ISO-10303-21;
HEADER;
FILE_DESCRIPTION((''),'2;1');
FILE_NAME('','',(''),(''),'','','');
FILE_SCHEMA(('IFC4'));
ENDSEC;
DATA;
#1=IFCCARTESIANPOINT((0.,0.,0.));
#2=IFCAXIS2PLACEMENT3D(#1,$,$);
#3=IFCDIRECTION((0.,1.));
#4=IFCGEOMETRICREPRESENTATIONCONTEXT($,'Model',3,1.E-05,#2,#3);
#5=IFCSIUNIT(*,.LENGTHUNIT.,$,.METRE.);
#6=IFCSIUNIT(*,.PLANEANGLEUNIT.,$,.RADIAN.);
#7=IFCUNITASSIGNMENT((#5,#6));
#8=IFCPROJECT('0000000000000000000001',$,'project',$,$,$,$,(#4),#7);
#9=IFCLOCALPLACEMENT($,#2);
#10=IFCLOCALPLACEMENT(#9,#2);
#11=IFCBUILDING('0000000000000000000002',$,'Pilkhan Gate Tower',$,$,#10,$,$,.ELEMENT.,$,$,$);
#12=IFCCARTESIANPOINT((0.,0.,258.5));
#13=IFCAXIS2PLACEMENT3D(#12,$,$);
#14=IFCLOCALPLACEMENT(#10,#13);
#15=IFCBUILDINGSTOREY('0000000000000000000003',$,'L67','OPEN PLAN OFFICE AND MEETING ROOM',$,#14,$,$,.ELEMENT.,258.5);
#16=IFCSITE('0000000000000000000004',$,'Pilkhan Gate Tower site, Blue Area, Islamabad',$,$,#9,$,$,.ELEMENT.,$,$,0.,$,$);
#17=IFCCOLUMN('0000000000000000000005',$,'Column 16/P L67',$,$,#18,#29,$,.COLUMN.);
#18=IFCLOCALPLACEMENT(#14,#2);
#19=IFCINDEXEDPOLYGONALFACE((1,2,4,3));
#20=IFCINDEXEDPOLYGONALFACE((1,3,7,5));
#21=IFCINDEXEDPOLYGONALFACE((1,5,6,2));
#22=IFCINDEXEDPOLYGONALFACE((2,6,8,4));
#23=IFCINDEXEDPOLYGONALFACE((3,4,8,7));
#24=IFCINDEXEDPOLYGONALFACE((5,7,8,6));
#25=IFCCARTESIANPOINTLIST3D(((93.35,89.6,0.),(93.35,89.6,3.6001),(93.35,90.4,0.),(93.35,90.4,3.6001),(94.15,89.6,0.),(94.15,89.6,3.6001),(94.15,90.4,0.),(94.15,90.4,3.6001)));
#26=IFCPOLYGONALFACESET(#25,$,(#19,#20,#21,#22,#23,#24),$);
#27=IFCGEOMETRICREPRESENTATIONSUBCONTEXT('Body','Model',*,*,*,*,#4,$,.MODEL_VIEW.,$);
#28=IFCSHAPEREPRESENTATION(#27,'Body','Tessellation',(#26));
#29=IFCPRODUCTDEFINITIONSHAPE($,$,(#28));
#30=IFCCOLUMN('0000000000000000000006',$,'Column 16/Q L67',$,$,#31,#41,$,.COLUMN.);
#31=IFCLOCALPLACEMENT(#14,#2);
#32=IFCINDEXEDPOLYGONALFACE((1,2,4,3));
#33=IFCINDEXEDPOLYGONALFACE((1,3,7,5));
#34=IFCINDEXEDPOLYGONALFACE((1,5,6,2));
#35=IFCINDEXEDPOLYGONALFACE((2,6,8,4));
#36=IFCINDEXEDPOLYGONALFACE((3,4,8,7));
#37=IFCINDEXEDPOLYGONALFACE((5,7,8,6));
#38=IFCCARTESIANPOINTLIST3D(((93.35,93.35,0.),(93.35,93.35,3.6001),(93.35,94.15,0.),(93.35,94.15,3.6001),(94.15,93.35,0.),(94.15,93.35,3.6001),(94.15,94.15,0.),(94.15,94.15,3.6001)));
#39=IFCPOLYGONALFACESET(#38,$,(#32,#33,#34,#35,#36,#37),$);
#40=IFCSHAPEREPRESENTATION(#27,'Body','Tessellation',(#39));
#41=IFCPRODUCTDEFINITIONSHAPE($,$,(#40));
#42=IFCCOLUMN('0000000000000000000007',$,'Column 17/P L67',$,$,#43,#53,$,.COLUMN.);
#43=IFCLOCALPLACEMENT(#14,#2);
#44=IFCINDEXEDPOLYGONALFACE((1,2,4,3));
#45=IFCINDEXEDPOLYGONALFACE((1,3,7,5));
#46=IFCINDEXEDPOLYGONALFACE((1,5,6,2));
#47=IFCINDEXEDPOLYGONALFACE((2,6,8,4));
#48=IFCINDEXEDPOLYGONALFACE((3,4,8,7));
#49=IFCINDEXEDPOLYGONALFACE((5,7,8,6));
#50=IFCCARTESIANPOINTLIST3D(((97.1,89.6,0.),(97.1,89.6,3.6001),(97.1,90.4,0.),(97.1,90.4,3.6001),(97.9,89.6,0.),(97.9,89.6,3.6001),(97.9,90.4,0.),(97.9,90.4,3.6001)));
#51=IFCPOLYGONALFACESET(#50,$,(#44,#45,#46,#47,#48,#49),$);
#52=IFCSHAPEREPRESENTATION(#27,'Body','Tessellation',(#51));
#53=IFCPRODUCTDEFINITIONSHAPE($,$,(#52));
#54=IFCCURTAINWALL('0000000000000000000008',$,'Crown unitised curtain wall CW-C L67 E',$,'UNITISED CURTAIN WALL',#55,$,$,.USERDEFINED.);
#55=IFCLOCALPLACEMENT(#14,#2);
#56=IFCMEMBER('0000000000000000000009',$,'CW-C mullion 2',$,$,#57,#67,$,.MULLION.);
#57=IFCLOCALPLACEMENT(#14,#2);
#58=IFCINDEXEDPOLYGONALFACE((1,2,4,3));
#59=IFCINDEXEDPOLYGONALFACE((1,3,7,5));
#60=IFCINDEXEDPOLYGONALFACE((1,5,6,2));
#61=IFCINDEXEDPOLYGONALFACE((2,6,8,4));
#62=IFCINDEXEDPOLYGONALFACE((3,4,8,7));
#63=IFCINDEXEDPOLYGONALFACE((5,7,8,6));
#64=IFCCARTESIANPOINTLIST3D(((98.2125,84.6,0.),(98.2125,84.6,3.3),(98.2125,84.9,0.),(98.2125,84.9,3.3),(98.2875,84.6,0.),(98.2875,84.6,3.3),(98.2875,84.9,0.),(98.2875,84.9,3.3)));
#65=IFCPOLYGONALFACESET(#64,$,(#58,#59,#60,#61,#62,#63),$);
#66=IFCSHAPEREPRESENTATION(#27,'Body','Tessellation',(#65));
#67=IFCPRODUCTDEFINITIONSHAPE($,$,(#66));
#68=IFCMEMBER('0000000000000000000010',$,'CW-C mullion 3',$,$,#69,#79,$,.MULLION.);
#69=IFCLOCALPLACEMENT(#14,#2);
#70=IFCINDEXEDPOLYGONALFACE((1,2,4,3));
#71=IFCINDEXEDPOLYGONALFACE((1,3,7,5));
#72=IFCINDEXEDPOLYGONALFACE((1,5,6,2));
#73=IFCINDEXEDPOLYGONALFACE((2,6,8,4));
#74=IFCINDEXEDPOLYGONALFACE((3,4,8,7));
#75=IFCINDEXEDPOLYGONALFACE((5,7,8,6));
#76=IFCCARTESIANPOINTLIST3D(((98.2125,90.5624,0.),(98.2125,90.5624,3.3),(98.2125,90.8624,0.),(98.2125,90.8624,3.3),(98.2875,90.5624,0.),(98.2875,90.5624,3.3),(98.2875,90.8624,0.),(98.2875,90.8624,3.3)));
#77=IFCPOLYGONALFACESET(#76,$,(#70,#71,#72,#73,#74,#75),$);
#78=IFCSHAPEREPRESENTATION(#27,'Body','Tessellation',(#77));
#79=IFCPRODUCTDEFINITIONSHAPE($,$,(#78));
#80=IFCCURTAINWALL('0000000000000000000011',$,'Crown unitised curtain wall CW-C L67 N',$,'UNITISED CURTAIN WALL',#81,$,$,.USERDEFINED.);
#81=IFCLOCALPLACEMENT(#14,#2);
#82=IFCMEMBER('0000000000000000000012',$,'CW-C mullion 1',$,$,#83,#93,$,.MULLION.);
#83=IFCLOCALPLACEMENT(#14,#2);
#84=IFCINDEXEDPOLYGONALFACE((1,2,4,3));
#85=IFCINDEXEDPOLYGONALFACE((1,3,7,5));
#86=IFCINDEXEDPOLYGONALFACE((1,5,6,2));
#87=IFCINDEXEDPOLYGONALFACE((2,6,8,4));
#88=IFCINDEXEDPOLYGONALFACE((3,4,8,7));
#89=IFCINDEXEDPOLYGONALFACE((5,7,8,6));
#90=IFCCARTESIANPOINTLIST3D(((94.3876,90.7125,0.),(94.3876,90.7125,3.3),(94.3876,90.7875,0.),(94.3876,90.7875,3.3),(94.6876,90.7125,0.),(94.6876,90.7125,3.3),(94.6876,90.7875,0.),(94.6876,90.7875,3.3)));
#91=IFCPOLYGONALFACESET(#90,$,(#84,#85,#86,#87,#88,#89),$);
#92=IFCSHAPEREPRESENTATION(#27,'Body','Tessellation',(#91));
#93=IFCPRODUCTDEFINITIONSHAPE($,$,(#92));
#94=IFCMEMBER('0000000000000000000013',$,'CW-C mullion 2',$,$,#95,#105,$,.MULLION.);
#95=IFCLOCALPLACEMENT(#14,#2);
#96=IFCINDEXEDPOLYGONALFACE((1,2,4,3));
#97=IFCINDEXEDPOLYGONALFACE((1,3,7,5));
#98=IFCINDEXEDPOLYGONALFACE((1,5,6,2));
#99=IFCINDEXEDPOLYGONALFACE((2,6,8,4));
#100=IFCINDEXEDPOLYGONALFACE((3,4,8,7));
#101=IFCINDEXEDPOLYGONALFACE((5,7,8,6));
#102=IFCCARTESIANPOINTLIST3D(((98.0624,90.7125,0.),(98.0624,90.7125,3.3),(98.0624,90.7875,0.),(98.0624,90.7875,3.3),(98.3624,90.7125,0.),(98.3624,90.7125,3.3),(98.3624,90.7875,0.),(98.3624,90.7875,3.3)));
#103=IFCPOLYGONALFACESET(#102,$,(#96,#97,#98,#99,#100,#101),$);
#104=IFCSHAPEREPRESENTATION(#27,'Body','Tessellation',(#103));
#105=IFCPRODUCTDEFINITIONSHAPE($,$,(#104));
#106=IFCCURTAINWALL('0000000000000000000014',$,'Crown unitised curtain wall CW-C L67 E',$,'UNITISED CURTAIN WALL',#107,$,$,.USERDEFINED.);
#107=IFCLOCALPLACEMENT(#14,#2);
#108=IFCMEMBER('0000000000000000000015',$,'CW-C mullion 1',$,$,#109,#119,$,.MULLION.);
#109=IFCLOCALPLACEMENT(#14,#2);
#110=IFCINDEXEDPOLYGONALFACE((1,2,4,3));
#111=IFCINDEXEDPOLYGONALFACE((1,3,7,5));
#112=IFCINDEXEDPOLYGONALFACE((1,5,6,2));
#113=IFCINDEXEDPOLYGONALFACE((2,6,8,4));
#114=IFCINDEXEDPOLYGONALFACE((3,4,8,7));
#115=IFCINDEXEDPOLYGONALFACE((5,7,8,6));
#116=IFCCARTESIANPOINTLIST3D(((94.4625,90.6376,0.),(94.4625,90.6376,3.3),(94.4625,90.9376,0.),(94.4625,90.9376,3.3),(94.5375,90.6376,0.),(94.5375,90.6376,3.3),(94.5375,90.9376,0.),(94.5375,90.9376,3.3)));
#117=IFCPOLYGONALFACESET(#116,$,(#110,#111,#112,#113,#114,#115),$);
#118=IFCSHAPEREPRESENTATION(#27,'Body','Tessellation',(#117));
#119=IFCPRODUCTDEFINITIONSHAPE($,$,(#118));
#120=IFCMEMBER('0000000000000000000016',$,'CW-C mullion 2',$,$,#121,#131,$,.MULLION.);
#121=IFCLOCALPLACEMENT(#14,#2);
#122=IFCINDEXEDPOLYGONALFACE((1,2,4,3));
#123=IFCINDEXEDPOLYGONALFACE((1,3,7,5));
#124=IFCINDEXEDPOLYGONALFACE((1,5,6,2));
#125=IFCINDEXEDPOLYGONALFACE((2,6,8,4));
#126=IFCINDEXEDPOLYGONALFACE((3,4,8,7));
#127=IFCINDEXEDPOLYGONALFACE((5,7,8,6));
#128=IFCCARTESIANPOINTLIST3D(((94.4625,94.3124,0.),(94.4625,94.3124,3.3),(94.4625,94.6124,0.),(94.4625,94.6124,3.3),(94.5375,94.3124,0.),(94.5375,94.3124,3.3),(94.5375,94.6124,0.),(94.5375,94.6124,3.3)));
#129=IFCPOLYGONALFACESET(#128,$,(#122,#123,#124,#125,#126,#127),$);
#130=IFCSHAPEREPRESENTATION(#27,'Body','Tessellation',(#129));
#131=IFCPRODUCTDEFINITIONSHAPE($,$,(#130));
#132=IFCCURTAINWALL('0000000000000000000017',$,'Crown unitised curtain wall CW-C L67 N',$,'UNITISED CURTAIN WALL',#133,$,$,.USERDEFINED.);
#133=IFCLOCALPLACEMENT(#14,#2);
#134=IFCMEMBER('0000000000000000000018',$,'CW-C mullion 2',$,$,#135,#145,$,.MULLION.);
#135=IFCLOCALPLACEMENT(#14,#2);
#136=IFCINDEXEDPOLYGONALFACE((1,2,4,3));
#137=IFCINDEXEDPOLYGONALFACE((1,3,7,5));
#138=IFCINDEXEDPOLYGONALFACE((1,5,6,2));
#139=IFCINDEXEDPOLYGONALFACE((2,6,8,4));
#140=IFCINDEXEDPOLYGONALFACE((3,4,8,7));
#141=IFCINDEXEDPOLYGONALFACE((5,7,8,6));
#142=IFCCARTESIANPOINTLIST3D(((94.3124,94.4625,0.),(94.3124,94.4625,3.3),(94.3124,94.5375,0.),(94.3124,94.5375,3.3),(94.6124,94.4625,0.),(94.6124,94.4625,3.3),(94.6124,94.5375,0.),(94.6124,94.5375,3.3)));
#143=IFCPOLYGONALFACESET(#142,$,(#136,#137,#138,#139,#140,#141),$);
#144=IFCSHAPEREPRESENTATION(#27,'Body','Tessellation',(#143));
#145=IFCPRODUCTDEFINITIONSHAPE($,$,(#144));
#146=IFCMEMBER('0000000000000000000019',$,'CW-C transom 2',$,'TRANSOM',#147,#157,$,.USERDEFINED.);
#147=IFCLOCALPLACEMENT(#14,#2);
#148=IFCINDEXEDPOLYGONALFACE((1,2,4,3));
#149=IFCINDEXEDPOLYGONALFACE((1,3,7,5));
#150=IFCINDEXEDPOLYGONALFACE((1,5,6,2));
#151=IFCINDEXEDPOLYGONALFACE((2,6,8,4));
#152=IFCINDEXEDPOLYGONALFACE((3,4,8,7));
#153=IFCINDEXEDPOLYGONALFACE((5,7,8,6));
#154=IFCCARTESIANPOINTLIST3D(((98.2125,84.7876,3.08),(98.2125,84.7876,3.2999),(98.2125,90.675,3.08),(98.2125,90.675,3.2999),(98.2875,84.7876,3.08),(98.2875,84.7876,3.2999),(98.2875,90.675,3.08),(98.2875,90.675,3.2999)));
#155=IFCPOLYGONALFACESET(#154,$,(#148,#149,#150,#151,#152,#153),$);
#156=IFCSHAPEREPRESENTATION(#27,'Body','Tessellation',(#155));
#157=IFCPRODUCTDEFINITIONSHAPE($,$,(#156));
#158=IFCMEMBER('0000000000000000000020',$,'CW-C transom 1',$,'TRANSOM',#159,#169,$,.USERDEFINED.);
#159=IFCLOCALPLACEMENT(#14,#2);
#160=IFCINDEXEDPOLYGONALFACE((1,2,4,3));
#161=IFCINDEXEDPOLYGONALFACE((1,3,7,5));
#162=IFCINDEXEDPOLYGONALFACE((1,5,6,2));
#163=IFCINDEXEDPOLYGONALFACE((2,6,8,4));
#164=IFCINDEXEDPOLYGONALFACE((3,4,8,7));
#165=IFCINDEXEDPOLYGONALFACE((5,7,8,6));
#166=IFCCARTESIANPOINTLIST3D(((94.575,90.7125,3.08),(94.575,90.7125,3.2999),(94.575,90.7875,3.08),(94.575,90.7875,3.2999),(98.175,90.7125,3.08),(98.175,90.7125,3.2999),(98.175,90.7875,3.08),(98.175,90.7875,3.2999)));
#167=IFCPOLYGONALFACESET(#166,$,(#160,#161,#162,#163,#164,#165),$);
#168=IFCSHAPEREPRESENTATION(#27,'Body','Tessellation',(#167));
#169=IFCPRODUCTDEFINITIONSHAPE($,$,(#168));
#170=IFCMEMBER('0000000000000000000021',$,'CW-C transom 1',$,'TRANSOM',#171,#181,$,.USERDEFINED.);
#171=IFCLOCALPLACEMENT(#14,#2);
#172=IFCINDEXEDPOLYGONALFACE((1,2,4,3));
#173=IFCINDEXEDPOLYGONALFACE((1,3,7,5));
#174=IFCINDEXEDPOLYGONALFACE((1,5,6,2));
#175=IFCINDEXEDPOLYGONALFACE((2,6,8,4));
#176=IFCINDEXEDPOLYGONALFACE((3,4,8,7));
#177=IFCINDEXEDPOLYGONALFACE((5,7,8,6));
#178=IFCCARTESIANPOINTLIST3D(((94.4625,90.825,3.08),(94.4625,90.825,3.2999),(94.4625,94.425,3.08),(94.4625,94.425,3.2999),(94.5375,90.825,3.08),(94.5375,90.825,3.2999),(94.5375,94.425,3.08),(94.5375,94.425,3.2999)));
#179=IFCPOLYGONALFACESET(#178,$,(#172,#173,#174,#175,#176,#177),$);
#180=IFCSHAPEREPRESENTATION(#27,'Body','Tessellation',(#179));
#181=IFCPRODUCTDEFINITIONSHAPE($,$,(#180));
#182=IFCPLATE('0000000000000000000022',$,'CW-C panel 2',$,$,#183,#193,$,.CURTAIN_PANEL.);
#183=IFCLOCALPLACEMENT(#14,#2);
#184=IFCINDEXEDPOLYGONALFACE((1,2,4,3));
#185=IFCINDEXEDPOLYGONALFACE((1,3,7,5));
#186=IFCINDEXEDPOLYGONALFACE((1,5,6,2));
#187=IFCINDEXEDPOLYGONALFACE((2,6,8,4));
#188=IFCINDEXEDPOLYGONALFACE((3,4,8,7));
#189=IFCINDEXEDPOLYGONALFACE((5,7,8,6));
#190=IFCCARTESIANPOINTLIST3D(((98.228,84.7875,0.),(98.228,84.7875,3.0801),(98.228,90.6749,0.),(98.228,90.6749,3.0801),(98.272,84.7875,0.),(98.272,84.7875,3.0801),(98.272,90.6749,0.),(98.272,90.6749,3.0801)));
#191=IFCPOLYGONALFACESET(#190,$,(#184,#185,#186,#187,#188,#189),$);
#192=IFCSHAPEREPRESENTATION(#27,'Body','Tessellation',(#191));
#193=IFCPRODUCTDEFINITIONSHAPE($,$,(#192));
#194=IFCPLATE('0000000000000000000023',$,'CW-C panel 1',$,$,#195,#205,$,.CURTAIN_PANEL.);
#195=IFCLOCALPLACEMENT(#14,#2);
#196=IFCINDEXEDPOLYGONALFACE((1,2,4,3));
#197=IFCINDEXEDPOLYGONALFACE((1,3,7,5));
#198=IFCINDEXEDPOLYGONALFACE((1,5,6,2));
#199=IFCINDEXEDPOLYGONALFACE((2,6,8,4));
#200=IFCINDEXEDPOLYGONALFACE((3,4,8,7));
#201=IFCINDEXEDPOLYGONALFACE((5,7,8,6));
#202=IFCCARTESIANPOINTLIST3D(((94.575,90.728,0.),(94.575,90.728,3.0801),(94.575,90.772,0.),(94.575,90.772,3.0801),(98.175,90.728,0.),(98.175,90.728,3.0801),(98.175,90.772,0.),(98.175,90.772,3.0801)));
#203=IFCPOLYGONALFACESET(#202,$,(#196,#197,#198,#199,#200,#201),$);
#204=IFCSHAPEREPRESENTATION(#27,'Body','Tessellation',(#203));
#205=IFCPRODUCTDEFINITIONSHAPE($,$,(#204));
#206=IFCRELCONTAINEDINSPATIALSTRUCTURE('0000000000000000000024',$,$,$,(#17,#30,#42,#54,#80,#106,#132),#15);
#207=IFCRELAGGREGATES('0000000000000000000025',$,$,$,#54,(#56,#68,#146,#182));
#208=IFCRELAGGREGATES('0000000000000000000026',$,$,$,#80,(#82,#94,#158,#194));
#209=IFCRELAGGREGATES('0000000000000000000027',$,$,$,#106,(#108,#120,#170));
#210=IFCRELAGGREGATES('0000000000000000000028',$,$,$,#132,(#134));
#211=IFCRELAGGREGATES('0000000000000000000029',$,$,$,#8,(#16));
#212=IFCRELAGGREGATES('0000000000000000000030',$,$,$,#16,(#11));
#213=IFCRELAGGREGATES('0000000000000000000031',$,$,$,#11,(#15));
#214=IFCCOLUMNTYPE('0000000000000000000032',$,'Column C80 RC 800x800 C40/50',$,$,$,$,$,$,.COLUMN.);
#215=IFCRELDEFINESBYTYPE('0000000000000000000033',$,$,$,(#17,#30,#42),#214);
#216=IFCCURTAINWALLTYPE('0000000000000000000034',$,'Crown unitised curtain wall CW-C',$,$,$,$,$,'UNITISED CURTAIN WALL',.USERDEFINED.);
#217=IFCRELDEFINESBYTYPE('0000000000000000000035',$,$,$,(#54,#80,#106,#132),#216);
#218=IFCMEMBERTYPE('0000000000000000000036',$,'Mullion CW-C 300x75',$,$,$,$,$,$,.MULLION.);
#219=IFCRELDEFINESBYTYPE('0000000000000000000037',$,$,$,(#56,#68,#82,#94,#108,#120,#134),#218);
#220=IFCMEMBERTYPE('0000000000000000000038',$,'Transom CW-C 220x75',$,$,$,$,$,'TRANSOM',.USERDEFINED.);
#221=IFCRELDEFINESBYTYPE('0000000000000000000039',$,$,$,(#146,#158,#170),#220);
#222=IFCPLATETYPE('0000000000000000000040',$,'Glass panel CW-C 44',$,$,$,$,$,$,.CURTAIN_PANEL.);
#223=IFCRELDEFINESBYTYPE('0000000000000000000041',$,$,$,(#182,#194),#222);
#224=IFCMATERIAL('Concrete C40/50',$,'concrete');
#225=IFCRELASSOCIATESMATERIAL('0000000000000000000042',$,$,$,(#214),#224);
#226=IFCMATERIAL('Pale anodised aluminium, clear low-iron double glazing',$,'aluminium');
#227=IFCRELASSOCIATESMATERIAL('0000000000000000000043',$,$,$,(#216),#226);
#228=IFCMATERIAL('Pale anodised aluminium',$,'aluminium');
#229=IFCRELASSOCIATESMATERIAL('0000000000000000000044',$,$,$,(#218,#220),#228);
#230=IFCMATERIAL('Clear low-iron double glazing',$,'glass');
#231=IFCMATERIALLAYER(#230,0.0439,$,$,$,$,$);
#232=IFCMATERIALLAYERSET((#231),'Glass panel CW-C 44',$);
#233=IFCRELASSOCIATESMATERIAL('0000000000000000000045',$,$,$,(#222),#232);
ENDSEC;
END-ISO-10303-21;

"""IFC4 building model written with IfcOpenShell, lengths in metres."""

from ifc_helpers import new_model, si_unit, direction, frame, origin, origin_2d, place, context, subcontext, project, spatial, rectangle, extrude, material, layer, layer_set, material_profile, profile_set, type_object, element, aggregate, save


model = new_model("IFC4")

# Units and contexts
model_context = context("Model", 3, precision=1e-05, world=origin(), true_north=direction((0.0, 1.0)))
body_context = subcontext(model_context, "Body", "Model", "MODEL_VIEW")
ifc_project = project(units=[si_unit("LENGTHUNIT", "METRE"), si_unit("PLANEANGLEUNIT", "RADIAN")], contexts=[model_context])

# Site, building, storey
site_placement = place(None, origin())
site = spatial("IfcSite", under=ifc_project, at=site_placement, Name="Pilkhan Gate Tower site, Blue Area, Islamabad", CompositionType="ELEMENT", RefElevation=0.0)
building_placement = place(site_placement, origin())
building = spatial("IfcBuilding", under=site, at=building_placement, Name="Pilkhan Gate Tower", CompositionType="ELEMENT")
storey_placement = place(building_placement, frame((0.0, 0.0, 258.5)))
storey = spatial("IfcBuildingStorey", under=building, at=storey_placement, Name="L67", Description="OPEN PLAN OFFICE AND MEETING ROOM", CompositionType="ELEMENT", Elevation=258.5)

# Columns
ifc_material_1 = material(Name="Concrete C40/50", Category="concrete")
ifc_material_profile_1 = material_profile(ifc_material_1, rectangle(XDim=0.8, YDim=0.8, at=origin_2d()), Name="RC 800x800")
ifc_profile_set_1 = profile_set([ifc_material_profile_1], Name="Concrete C40/50")
column_type = type_object("IfcColumnType", Name="Column C80 RC 800x800 C40/50", PredefinedType="COLUMN", material=ifc_profile_set_1)
for number, where, z_axis, x_axis, name in (
    (1, (93.75, 90.0, 0.0), (0.0, 0.0, 1.0), (1.0, 0.0, 0.0), "Column 16/P L67"),
    (2, (93.75, 93.75, 0.0), (0.0, 0.0, 1.0), (1.0, 0.0, 0.0), "Column 16/Q L67"),
    (3, (97.5, 90.0, 0.0), (0.0, 0.0, 1.0), (1.0, 0.0, 0.0), "Column 17/P L67"),
):
    element("IfcColumn", number, at=place(storey_placement, frame(where, z_axis=z_axis, x_axis=x_axis)), inside=storey, type_object=column_type, Name=name, PredefinedType="COLUMN", context=body_context, shape_type="SweptSolid", body=[
        extrude(rectangle(XDim=0.8, YDim=0.8, at=origin_2d()), origin(), (0.0, 0.0, 1.0), 3.6001),
    ])

# Curtain walls, members
ifc_material_2 = material(Name="Pale anodised aluminium, clear low-iron double glazing", Category="aluminium")
curtain_wall_type = type_object("IfcCurtainWallType", Name="Crown unitised curtain wall CW-C", ElementType="UNITISED CURTAIN WALL", PredefinedType="USERDEFINED", material=ifc_material_2)
curtain_wall_1_placement = place(storey_placement, origin())
curtain_wall_1 = element("IfcCurtainWall", 4, at=curtain_wall_1_placement, inside=storey, type_object=curtain_wall_type, Name="Crown unitised curtain wall CW-C L67 E", ObjectType="UNITISED CURTAIN WALL", PredefinedType="USERDEFINED")
ifc_material_3 = material(Name="Pale anodised aluminium", Category="aluminium")
ifc_material_profile_2 = material_profile(ifc_material_3, rectangle(XDim=0.075, YDim=0.3, at=origin_2d()), Name="Mullion 300x75")
ifc_profile_set_2 = profile_set([ifc_material_profile_2], Name="Pale anodised aluminium")
member_type_1 = type_object("IfcMemberType", Name="Mullion CW-C 300x75", PredefinedType="MULLION", material=ifc_profile_set_2)
member_1_placement = place(storey_placement, frame((98.25, 84.75, 0.0), z_axis=(0.0, 0.0, 1.0), x_axis=(-1.0, 0.0, 0.0)))
member_1 = element("IfcMember", 5, at=member_1_placement, type_object=member_type_1, Name="CW-C mullion 2", PredefinedType="MULLION", context=body_context, shape_type="SweptSolid", body=[
    extrude(rectangle(XDim=0.075, YDim=0.3, at=origin_2d()), origin(), (0.0, 0.0, 1.0), 3.3),
])
member_2_placement = place(storey_placement, frame((98.25, 90.7124, 0.0), z_axis=(0.0, 0.0, 1.0), x_axis=(-1.0, 0.0, 0.0)))
member_2 = element("IfcMember", 6, at=member_2_placement, type_object=member_type_1, Name="CW-C mullion 3", PredefinedType="MULLION", context=body_context, shape_type="SweptSolid", body=[
    extrude(rectangle(XDim=0.075, YDim=0.3, at=origin_2d()), origin(), (0.0, 0.0, 1.0), 3.3),
])
curtain_wall_2_placement = place(storey_placement, origin())
curtain_wall_2 = element("IfcCurtainWall", 7, at=curtain_wall_2_placement, inside=storey, type_object=curtain_wall_type, Name="Crown unitised curtain wall CW-C L67 N", ObjectType="UNITISED CURTAIN WALL", PredefinedType="USERDEFINED")
member_3_placement = place(storey_placement, frame((94.5376, 90.75, 0.0), z_axis=(0.0, 0.0, 1.0), x_axis=(0.0, 1.0, 0.0)))
member_3 = element("IfcMember", 8, at=member_3_placement, type_object=member_type_1, Name="CW-C mullion 1", PredefinedType="MULLION", context=body_context, shape_type="SweptSolid", body=[
    extrude(rectangle(XDim=0.075, YDim=0.3, at=origin_2d()), origin(), (0.0, 0.0, 1.0), 3.3),
])
member_4_placement = place(storey_placement, frame((98.2124, 90.75, 0.0), z_axis=(0.0, 0.0, 1.0), x_axis=(0.0, 1.0, 0.0)))
member_4 = element("IfcMember", 9, at=member_4_placement, type_object=member_type_1, Name="CW-C mullion 2", PredefinedType="MULLION", context=body_context, shape_type="SweptSolid", body=[
    extrude(rectangle(XDim=0.075, YDim=0.3, at=origin_2d()), origin(), (0.0, 0.0, 1.0), 3.3),
])
curtain_wall_3_placement = place(storey_placement, origin())
curtain_wall_3 = element("IfcCurtainWall", 10, at=curtain_wall_3_placement, inside=storey, type_object=curtain_wall_type, Name="Crown unitised curtain wall CW-C L67 E", ObjectType="UNITISED CURTAIN WALL", PredefinedType="USERDEFINED")
member_5_placement = place(storey_placement, frame((94.5, 90.7876, 0.0), z_axis=(0.0, 0.0, 1.0), x_axis=(-1.0, 0.0, 0.0)))
member_5 = element("IfcMember", 11, at=member_5_placement, type_object=member_type_1, Name="CW-C mullion 1", PredefinedType="MULLION", context=body_context, shape_type="SweptSolid", body=[
    extrude(rectangle(XDim=0.075, YDim=0.3, at=origin_2d()), origin(), (0.0, 0.0, 1.0), 3.3),
])
member_6_placement = place(storey_placement, frame((94.5, 94.4624, 0.0), z_axis=(0.0, 0.0, 1.0), x_axis=(-1.0, 0.0, 0.0)))
member_6 = element("IfcMember", 12, at=member_6_placement, type_object=member_type_1, Name="CW-C mullion 2", PredefinedType="MULLION", context=body_context, shape_type="SweptSolid", body=[
    extrude(rectangle(XDim=0.075, YDim=0.3, at=origin_2d()), origin(), (0.0, 0.0, 1.0), 3.3),
])

# Curtain wall, member
curtain_wall_4_placement = place(storey_placement, origin())
curtain_wall_4 = element("IfcCurtainWall", 13, at=curtain_wall_4_placement, inside=storey, type_object=curtain_wall_type, Name="Crown unitised curtain wall CW-C L67 N", ObjectType="UNITISED CURTAIN WALL", PredefinedType="USERDEFINED")
member_7_placement = place(storey_placement, frame((94.4624, 94.5, 0.0), z_axis=(0.0, 0.0, 1.0), x_axis=(0.0, 1.0, 0.0)))
member_7 = element("IfcMember", 14, at=member_7_placement, type_object=member_type_1, Name="CW-C mullion 2", PredefinedType="MULLION", context=body_context, shape_type="SweptSolid", body=[
    extrude(rectangle(XDim=0.075, YDim=0.3, at=origin_2d()), origin(), (0.0, 0.0, 1.0), 3.3),
])

# Members
ifc_material_profile_3 = material_profile(ifc_material_3, rectangle(XDim=0.075, YDim=0.22, at=origin_2d()), Name="Transom 220x75")
ifc_profile_set_3 = profile_set([ifc_material_profile_3], Name="Pale anodised aluminium")
member_type_2 = type_object("IfcMemberType", Name="Transom CW-C 220x75", ElementType="TRANSOM", PredefinedType="USERDEFINED", material=ifc_profile_set_3)
member_8_placement = place(storey_placement, frame((98.25, 84.7876, 3.1899), z_axis=(0.0, 1.0, 0.0), x_axis=(-1.0, 0.0, 0.0)))
member_8 = element("IfcMember", 15, at=member_8_placement, type_object=member_type_2, Name="CW-C transom 2", ObjectType="TRANSOM", PredefinedType="USERDEFINED", context=body_context, shape_type="SweptSolid", body=[
    extrude(rectangle(XDim=0.075, YDim=0.22, at=origin_2d()), origin(), (0.0, 0.0, 1.0), 5.8875),
])
member_9_placement = place(storey_placement, frame((94.575, 90.75, 3.1899), z_axis=(1.0, 0.0, 0.0), x_axis=(0.0, 1.0, 0.0)))
member_9 = element("IfcMember", 16, at=member_9_placement, type_object=member_type_2, Name="CW-C transom 1", ObjectType="TRANSOM", PredefinedType="USERDEFINED", context=body_context, shape_type="SweptSolid", body=[
    extrude(rectangle(XDim=0.075, YDim=0.22, at=origin_2d()), origin(), (0.0, 0.0, 1.0), 3.6001),
])
member_10_placement = place(storey_placement, frame((94.5, 90.825, 3.1899), z_axis=(0.0, 1.0, 0.0), x_axis=(-1.0, 0.0, 0.0)))
member_10 = element("IfcMember", 17, at=member_10_placement, type_object=member_type_2, Name="CW-C transom 1", ObjectType="TRANSOM", PredefinedType="USERDEFINED", context=body_context, shape_type="SweptSolid", body=[
    extrude(rectangle(XDim=0.075, YDim=0.22, at=origin_2d()), origin(), (0.0, 0.0, 1.0), 3.6001),
])

# Plates
ifc_material_4 = material(Name="Clear low-iron double glazing", Category="glass")
ifc_layer_1 = layer(ifc_material_4, 0.0439)
ifc_layer_set_1 = layer_set([ifc_layer_1], Name="Glass panel CW-C 44")
plate_type = type_object("IfcPlateType", Name="Glass panel CW-C 44", PredefinedType="CURTAIN_PANEL", material=ifc_layer_set_1)
plate_1_placement = place(storey_placement, frame((98.25, 87.7312, 0.0), z_axis=(0.0, 0.0, 1.0), x_axis=(0.0, 1.0, 0.0)))
plate_1 = element("IfcPlate", 18, at=plate_1_placement, type_object=plate_type, Name="CW-C panel 2", PredefinedType="CURTAIN_PANEL", context=body_context, shape_type="SweptSolid", body=[
    extrude(rectangle(XDim=5.8875, YDim=0.0439, at=origin_2d()), origin(), (0.0, 0.0, 1.0), 3.0801),
])
aggregate(curtain_wall_1, [member_1, member_2, member_8, plate_1])
plate_2_placement = place(storey_placement, frame((96.375, 90.75, 0.0), z_axis=(0.0, 0.0, 1.0), x_axis=(1.0, 0.0, 0.0)))
plate_2 = element("IfcPlate", 19, at=plate_2_placement, type_object=plate_type, Name="CW-C panel 1", PredefinedType="CURTAIN_PANEL", context=body_context, shape_type="SweptSolid", body=[
    extrude(rectangle(XDim=3.6001, YDim=0.0439, at=origin_2d()), origin(), (0.0, 0.0, 1.0), 3.0801),
])
aggregate(curtain_wall_2, [member_3, member_4, member_9, plate_2])
aggregate(curtain_wall_3, [member_5, member_6, member_10])
aggregate(curtain_wall_4, [member_7])

save(model, "model.ifc")
